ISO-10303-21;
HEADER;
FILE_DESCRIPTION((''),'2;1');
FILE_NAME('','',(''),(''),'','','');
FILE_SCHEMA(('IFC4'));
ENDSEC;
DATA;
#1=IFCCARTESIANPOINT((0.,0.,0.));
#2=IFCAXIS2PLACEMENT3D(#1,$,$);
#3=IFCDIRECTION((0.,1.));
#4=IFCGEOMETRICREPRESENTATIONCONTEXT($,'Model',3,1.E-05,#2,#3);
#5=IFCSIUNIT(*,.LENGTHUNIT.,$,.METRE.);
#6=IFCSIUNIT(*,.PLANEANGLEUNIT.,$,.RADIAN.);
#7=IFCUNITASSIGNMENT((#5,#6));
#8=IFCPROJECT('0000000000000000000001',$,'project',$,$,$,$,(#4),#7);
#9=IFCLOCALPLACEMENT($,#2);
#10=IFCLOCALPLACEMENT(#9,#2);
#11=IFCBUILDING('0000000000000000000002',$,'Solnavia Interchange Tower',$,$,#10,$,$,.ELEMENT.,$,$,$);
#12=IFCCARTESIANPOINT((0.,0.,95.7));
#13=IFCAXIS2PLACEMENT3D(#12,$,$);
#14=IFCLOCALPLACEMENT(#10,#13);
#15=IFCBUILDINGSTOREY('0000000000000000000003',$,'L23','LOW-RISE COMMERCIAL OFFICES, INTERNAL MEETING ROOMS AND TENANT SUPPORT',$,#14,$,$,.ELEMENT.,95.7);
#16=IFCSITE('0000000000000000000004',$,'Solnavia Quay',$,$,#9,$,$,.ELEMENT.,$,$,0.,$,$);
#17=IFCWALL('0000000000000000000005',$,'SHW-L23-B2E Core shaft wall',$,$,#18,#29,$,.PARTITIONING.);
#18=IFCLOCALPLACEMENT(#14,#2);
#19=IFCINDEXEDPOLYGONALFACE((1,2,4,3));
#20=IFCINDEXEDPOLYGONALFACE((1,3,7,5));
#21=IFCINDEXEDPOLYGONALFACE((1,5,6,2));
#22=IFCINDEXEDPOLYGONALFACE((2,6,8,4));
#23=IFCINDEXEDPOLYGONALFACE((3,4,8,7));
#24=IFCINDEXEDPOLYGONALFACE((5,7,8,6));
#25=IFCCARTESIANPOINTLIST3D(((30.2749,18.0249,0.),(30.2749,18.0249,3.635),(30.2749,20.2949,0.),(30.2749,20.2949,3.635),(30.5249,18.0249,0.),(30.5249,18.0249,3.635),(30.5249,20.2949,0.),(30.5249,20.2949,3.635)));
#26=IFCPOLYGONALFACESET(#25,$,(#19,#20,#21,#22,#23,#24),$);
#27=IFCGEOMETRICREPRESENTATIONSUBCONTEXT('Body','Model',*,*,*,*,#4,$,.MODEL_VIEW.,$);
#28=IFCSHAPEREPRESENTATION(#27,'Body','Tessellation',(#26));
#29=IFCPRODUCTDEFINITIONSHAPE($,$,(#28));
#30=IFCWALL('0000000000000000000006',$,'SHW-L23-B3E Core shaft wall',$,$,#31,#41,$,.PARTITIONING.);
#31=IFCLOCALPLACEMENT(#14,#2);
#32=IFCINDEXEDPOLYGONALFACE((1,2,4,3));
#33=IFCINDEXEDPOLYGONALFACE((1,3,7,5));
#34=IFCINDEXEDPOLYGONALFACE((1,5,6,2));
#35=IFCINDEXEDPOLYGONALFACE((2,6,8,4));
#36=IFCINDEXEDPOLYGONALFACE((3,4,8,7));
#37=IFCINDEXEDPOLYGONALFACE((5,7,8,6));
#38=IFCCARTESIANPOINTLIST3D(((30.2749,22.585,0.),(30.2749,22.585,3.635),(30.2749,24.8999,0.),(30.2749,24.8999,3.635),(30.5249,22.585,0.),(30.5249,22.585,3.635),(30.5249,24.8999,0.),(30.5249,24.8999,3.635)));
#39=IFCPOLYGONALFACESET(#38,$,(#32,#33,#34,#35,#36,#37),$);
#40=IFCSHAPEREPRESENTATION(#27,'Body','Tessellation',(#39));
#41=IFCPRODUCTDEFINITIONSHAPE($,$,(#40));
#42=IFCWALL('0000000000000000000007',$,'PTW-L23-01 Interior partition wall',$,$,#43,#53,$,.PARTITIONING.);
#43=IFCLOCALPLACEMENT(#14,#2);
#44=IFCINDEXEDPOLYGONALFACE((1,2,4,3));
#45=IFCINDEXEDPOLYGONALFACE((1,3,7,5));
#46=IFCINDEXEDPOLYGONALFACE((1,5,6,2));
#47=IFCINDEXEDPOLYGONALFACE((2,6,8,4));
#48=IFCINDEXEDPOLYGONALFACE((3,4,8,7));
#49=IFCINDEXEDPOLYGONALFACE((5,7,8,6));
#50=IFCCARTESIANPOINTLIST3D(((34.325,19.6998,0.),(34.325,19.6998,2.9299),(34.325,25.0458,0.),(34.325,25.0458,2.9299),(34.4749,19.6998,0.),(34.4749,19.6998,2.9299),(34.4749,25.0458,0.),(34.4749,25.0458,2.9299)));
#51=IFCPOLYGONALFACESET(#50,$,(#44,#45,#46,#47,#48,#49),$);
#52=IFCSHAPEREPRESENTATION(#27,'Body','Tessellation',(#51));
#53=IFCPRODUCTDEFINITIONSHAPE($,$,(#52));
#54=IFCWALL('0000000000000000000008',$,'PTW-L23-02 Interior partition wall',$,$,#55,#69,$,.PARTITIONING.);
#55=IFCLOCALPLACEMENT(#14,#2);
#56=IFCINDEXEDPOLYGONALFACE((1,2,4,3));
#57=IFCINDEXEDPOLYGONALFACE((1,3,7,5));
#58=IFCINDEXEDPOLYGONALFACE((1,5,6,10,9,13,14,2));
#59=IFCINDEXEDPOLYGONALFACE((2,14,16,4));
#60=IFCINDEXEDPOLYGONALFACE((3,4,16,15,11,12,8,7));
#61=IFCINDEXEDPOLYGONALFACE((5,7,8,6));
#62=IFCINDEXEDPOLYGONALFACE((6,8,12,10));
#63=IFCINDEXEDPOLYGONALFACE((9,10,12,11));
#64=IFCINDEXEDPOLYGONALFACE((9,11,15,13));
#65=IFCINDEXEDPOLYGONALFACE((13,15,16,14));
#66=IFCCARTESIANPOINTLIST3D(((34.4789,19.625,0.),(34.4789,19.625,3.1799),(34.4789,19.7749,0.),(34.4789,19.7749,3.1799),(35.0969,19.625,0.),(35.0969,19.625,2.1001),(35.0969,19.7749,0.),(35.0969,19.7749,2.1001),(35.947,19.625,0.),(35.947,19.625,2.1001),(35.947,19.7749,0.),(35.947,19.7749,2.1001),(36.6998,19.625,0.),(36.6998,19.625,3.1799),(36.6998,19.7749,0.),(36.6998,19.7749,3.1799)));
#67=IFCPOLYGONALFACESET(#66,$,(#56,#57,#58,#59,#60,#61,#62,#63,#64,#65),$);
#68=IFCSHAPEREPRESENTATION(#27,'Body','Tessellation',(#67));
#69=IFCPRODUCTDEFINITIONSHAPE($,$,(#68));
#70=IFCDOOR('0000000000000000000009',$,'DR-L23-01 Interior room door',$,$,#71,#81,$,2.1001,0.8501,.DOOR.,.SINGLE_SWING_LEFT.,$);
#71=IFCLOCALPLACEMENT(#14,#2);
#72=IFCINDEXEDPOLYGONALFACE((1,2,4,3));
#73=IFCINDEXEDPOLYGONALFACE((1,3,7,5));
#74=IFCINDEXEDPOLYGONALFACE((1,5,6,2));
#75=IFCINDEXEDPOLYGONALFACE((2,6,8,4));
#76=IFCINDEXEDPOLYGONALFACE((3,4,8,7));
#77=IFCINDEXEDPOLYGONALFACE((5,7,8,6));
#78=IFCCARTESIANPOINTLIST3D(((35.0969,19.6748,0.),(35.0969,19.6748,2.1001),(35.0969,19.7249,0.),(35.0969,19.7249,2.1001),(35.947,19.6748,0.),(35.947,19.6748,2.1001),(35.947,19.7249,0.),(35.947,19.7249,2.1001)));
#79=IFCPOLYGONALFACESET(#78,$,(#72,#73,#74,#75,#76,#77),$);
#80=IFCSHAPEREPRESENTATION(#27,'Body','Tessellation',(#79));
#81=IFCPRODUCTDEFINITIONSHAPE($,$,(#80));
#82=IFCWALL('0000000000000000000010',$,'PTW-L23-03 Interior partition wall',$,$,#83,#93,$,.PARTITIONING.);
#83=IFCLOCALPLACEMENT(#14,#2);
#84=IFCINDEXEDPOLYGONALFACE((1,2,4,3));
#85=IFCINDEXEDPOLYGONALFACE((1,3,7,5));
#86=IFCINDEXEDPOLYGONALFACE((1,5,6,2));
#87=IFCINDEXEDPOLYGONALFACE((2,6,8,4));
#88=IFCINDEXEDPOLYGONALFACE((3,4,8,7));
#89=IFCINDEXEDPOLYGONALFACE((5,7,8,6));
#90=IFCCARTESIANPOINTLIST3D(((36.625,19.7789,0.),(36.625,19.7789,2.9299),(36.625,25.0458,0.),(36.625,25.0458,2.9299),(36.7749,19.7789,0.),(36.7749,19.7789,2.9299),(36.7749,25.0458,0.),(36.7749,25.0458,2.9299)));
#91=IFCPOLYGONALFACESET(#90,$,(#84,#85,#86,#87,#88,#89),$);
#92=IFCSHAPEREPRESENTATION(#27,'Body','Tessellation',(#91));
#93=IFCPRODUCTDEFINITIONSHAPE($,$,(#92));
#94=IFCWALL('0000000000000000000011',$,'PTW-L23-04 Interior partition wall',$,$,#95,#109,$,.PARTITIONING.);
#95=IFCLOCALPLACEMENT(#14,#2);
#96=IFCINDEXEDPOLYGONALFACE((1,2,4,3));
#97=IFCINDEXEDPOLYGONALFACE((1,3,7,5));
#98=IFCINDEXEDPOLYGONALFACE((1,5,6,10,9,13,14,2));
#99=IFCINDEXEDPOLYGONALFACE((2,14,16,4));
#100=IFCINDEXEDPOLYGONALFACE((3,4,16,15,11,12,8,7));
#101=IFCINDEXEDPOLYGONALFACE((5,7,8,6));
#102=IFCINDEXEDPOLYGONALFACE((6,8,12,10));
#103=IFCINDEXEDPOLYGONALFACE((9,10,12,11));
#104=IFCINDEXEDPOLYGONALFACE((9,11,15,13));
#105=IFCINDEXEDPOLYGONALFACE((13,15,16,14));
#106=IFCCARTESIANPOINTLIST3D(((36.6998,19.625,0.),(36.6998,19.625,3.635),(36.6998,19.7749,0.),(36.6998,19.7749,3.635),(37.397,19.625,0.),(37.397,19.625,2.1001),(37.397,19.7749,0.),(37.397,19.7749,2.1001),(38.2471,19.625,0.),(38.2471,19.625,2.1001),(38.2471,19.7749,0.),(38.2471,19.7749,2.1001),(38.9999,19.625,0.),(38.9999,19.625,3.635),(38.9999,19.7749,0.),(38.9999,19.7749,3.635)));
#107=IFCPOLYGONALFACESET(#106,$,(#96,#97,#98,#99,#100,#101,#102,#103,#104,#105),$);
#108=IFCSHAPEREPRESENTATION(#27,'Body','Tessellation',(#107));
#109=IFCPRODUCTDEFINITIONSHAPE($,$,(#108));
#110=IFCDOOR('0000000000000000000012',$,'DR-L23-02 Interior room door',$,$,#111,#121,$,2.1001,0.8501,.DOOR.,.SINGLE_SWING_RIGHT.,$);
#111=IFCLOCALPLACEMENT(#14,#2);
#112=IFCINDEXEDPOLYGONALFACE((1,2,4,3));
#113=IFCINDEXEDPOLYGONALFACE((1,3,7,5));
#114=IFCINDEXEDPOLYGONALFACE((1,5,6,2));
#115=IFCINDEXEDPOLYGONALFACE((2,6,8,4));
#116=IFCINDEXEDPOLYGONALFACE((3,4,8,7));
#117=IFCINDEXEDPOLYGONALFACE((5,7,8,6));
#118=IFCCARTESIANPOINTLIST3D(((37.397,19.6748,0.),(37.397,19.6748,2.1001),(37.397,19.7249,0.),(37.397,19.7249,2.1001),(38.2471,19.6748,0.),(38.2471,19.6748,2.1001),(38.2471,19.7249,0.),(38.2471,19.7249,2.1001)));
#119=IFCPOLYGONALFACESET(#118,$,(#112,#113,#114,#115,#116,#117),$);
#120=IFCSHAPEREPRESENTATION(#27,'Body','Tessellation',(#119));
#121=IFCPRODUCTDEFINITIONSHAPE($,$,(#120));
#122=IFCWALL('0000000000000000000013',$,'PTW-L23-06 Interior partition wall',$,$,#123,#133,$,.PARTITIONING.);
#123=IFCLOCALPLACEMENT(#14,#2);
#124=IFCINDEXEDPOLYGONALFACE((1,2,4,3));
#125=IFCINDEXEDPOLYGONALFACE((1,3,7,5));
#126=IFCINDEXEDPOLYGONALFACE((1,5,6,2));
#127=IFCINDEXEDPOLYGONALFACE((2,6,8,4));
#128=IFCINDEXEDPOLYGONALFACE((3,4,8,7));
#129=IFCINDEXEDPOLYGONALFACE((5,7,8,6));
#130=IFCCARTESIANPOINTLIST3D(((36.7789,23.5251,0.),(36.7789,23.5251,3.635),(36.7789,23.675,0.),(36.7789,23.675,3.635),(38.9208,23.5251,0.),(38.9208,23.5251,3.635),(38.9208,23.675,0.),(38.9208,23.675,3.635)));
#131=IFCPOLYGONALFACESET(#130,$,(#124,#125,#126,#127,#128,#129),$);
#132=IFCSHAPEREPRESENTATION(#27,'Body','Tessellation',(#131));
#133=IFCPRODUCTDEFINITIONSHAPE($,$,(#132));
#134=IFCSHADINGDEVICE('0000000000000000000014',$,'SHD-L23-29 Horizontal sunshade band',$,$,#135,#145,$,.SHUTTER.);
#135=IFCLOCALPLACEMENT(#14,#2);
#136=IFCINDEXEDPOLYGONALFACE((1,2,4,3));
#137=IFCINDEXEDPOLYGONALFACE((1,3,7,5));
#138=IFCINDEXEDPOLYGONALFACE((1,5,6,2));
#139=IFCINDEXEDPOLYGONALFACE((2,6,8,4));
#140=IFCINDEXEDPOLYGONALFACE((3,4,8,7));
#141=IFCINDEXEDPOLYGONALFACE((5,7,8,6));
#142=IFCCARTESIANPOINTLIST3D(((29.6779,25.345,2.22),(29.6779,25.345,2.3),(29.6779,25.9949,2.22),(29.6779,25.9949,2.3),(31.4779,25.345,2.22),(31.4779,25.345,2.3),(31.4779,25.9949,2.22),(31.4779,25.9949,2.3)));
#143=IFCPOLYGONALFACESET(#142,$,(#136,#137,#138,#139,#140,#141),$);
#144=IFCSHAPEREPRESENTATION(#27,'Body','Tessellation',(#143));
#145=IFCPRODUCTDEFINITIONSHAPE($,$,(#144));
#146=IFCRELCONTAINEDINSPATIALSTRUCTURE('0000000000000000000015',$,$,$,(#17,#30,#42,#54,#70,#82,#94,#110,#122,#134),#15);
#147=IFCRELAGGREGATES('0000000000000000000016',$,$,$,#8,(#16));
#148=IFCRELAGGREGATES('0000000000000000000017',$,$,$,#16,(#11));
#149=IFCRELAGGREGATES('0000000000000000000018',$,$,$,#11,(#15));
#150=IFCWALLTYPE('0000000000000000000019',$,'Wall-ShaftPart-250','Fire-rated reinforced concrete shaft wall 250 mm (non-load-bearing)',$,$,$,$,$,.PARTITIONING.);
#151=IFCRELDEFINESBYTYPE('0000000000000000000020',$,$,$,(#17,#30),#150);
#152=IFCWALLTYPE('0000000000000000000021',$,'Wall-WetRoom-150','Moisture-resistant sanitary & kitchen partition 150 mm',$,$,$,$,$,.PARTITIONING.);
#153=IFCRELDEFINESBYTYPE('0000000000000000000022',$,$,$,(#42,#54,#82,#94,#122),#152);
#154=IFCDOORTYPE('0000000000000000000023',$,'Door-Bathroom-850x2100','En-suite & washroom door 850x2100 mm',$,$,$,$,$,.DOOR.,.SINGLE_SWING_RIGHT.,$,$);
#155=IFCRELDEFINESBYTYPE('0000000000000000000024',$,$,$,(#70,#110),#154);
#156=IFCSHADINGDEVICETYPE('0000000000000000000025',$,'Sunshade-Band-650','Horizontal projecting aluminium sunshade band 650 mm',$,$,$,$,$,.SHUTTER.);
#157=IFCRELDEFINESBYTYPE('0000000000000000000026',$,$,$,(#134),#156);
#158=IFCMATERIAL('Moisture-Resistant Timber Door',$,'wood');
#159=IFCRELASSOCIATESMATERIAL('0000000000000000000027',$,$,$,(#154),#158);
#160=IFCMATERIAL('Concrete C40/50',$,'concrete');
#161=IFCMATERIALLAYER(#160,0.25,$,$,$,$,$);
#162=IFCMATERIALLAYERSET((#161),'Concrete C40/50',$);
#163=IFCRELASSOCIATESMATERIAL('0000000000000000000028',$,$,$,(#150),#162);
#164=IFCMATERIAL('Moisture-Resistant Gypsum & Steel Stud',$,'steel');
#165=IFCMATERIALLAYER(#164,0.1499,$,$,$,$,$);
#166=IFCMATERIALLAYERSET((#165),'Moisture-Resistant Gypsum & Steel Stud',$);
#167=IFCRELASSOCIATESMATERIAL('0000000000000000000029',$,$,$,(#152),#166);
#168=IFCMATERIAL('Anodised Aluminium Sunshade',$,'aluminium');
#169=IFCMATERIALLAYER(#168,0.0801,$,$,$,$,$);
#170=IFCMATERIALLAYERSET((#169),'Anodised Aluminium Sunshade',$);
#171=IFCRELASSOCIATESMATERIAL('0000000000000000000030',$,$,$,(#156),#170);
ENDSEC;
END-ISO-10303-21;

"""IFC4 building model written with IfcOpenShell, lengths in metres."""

from ifc_helpers import new_model, si_unit, direction, frame, frame_2d, origin, origin_2d, place, context, subcontext, project, spatial, rectangle, extrude, material, layer, layer_set, type_object, element, fill, save


model = new_model("IFC4")

# Units and contexts
model_context = context("Model", 3, precision=1e-05, world=origin(), true_north=direction((0.0, 1.0)))
body_context = subcontext(model_context, "Body", "Model", "MODEL_VIEW")
ifc_project = project(units=[si_unit("LENGTHUNIT", "METRE"), si_unit("PLANEANGLEUNIT", "RADIAN")], contexts=[model_context])

# Site, building, storey
site_placement = place(None, origin())
site = spatial("IfcSite", under=ifc_project, at=site_placement, Name="Solnavia Quay", CompositionType="ELEMENT", RefElevation=0.0)
building_placement = place(site_placement, origin())
building = spatial("IfcBuilding", under=site, at=building_placement, Name="Solnavia Interchange Tower", CompositionType="ELEMENT")
storey_placement = place(building_placement, frame((0.0, 0.0, 95.7)))
storey = spatial("IfcBuildingStorey", under=building, at=storey_placement, Name="L23", Description="LOW-RISE COMMERCIAL OFFICES, INTERNAL MEETING ROOMS AND TENANT SUPPORT", CompositionType="ELEMENT", Elevation=95.7)

# Shared definitions
ifc_material_1 = material(Name="Concrete C40/50", Category="concrete")

# Shared definitions
ifc_material_2 = material(Name="Moisture-Resistant Timber Door", Category="wood")
door_type_1 = type_object("IfcDoorType", Name="Door-Bathroom-850x2100", Description="En-suite & washroom door 850x2100 mm", OperationType="SINGLE_SWING_RIGHT", PredefinedType="DOOR", material=ifc_material_2)
ifc_layer_1 = layer(ifc_material_1, 0.25)
ifc_layer_set_1 = layer_set([ifc_layer_1], Name="Concrete C40/50")
wall_type_1 = type_object("IfcWallType", Name="Wall-ShaftPart-250", Description="Fire-rated reinforced concrete shaft wall 250 mm (non-load-bearing)", PredefinedType="PARTITIONING", material=ifc_layer_set_1)

# Walls
wall_1_placement = place(storey_placement, frame((30.3999, 18.0249, 0.0), z_axis=(0.0, 0.0, 1.0), x_axis=(0.0, 1.0, 0.0)))
element("IfcWall", 1, at=wall_1_placement, inside=storey, type_object=wall_type_1, Name="SHW-L23-B2E Core shaft wall", PredefinedType="PARTITIONING", context=body_context, shape_type="SweptSolid", body=[
    extrude(rectangle(XDim=2.27, YDim=0.25, at=frame_2d((1.135, 0.0))), origin(), (0.0, 0.0, 1.0), 3.635),
])
wall_2_placement = place(storey_placement, frame((30.3999, 22.585, 0.0), z_axis=(0.0, 0.0, 1.0), x_axis=(0.0, 1.0, 0.0)))
element("IfcWall", 2, at=wall_2_placement, inside=storey, type_object=wall_type_1, Name="SHW-L23-B3E Core shaft wall", PredefinedType="PARTITIONING", context=body_context, shape_type="SweptSolid", body=[
    extrude(rectangle(XDim=2.3149, YDim=0.25, at=frame_2d((1.1575, 0.0))), origin(), (0.0, 0.0, 1.0), 3.635),
])
ifc_material_3 = material(Name="Moisture-Resistant Gypsum & Steel Stud", Category="steel")
ifc_layer_2 = layer(ifc_material_3, 0.1499)
ifc_layer_set_2 = layer_set([ifc_layer_2], Name="Moisture-Resistant Gypsum & Steel Stud")
wall_type_2 = type_object("IfcWallType", Name="Wall-WetRoom-150", Description="Moisture-resistant sanitary & kitchen partition 150 mm", PredefinedType="PARTITIONING", material=ifc_layer_set_2)
wall_3_placement = place(storey_placement, frame((34.3999, 19.7, 0.0), z_axis=(0.0, 0.0, 1.0), x_axis=(0.0, 1.0, 0.0)))
element("IfcWall", 3, at=wall_3_placement, inside=storey, type_object=wall_type_2, Name="PTW-L23-01 Interior partition wall", PredefinedType="PARTITIONING", context=body_context, shape_type="SweptSolid", body=[
    extrude(rectangle(XDim=5.3459, YDim=0.1499, at=frame_2d((2.6729, 0.0))), origin(), (0.0, 0.0, 1.0), 2.9299),
])

# Wall, opening, door
wall_4_placement = place(storey_placement, frame((34.479, 19.7, 0.0), z_axis=(0.0, 0.0, 1.0), x_axis=(1.0, 0.0, 0.0)))
wall_4 = element("IfcWall", 4, at=wall_4_placement, inside=storey, type_object=wall_type_2, Name="PTW-L23-02 Interior partition wall", PredefinedType="PARTITIONING", context=body_context, shape_type="SweptSolid", body=[
    extrude(rectangle(XDim=2.2209, YDim=0.1499, at=frame_2d((1.1104, 0.0))), origin(), (0.0, 0.0, 1.0), 3.1799),
])
opening_1_placement = place(wall_4_placement, frame((0.6179, 0.0, 0.0)))
opening_1 = element("IfcOpeningElement", 5, at=opening_1_placement, cuts=wall_4, PredefinedType="OPENING", context=body_context, shape_type="SweptSolid", body=[
    extrude(rectangle(XDim=0.8501, YDim=2.1001, at=frame_2d((0.425, 1.05))), frame((0.0, 0.085, 0.0), z_axis=(0.0, -1.0, 0.0), x_axis=(1.0, 0.0, 0.0)), (0.0, 0.0, 1.0), 0.1699),
])
door_1_placement = place(opening_1_placement, origin())
door_1 = element("IfcDoor", 6, at=door_1_placement, inside=storey, type_object=door_type_1, Name="DR-L23-01 Interior room door", OperationType="SINGLE_SWING_LEFT", OverallHeight=2.1001, OverallWidth=0.8501, PredefinedType="DOOR", context=body_context, shape_type="SweptSolid", body=[
    extrude(rectangle(XDim=0.8501, YDim=2.1001, at=frame_2d((0.425, 1.05))), frame((0.0, 0.0249, 0.0), z_axis=(0.0, -1.0, 0.0), x_axis=(1.0, 0.0, 0.0)), (0.0, 0.0, 1.0), 0.05),
])
fill(opening_1, door_1)

# Wall
wall_5_placement = place(storey_placement, frame((36.7, 19.7791, 0.0), z_axis=(0.0, 0.0, 1.0), x_axis=(0.0, 1.0, 0.0)))
element("IfcWall", 7, at=wall_5_placement, inside=storey, type_object=wall_type_2, Name="PTW-L23-03 Interior partition wall", PredefinedType="PARTITIONING", context=body_context, shape_type="SweptSolid", body=[
    extrude(rectangle(XDim=5.2668, YDim=0.1499, at=frame_2d((2.6333, 0.0))), origin(), (0.0, 0.0, 1.0), 2.9299),
])

# Wall, opening, door
wall_6_placement = place(storey_placement, frame((36.7, 19.7, 0.0), z_axis=(0.0, 0.0, 1.0), x_axis=(1.0, 0.0, 0.0)))
wall_6 = element("IfcWall", 8, at=wall_6_placement, inside=storey, type_object=wall_type_2, Name="PTW-L23-04 Interior partition wall", PredefinedType="PARTITIONING", context=body_context, shape_type="SweptSolid", body=[
    extrude(rectangle(XDim=2.3, YDim=0.1499, at=frame_2d((1.1499, 0.0))), origin(), (0.0, 0.0, 1.0), 3.635),
])
opening_2_placement = place(wall_6_placement, frame((0.697, 0.0, 0.0)))
opening_2 = element("IfcOpeningElement", 9, at=opening_2_placement, cuts=wall_6, PredefinedType="OPENING", context=body_context, shape_type="SweptSolid", body=[
    extrude(rectangle(XDim=0.8501, YDim=2.1001, at=frame_2d((0.425, 1.05))), frame((0.0, 0.085, 0.0), z_axis=(0.0, -1.0, 0.0), x_axis=(1.0, 0.0, 0.0)), (0.0, 0.0, 1.0), 0.1699),
])
door_2_placement = place(opening_2_placement, origin())
door_2 = element("IfcDoor", 10, at=door_2_placement, inside=storey, type_object=door_type_1, Name="DR-L23-02 Interior room door", OperationType="SINGLE_SWING_RIGHT", OverallHeight=2.1001, OverallWidth=0.8501, PredefinedType="DOOR", context=body_context, shape_type="SweptSolid", body=[
    extrude(rectangle(XDim=0.8501, YDim=2.1001, at=frame_2d((0.425, 1.05))), frame((0.0, 0.0249, 0.0), z_axis=(0.0, -1.0, 0.0), x_axis=(1.0, 0.0, 0.0)), (0.0, 0.0, 1.0), 0.05),
])
fill(opening_2, door_2)

# Wall
wall_7_placement = place(storey_placement, frame((36.7791, 23.6001, 0.0), z_axis=(0.0, 0.0, 1.0), x_axis=(1.0, 0.0, 0.0)))
element("IfcWall", 11, at=wall_7_placement, inside=storey, type_object=wall_type_2, Name="PTW-L23-06 Interior partition wall", PredefinedType="PARTITIONING", context=body_context, shape_type="SweptSolid", body=[
    extrude(rectangle(XDim=2.1418, YDim=0.1499, at=frame_2d((1.0708, 0.0))), origin(), (0.0, 0.0, 1.0), 3.635),
])

# Shading device
ifc_material_4 = material(Name="Anodised Aluminium Sunshade", Category="aluminium")
ifc_layer_3 = layer(ifc_material_4, 0.0801)
ifc_layer_set_3 = layer_set([ifc_layer_3], Name="Anodised Aluminium Sunshade")
shading_device_type = type_object("IfcShadingDeviceType", Name="Sunshade-Band-650", Description="Horizontal projecting aluminium sunshade band 650 mm", PredefinedType="SHUTTER", material=ifc_layer_set_3)
shading_device_placement = place(storey_placement, frame((30.5779, 25.6699, 2.22), z_axis=(0.0, 0.0, 1.0), x_axis=(1.0, 0.0, 0.0)))
element("IfcShadingDevice", 12, at=shading_device_placement, inside=storey, type_object=shading_device_type, Name="SHD-L23-29 Horizontal sunshade band", PredefinedType="SHUTTER", context=body_context, shape_type="SweptSolid", body=[
    extrude(rectangle(XDim=1.8, YDim=0.6499, at=origin_2d()), origin(), (0.0, 0.0, 1.0), 0.0801),
])

save(model, "model.ifc")
